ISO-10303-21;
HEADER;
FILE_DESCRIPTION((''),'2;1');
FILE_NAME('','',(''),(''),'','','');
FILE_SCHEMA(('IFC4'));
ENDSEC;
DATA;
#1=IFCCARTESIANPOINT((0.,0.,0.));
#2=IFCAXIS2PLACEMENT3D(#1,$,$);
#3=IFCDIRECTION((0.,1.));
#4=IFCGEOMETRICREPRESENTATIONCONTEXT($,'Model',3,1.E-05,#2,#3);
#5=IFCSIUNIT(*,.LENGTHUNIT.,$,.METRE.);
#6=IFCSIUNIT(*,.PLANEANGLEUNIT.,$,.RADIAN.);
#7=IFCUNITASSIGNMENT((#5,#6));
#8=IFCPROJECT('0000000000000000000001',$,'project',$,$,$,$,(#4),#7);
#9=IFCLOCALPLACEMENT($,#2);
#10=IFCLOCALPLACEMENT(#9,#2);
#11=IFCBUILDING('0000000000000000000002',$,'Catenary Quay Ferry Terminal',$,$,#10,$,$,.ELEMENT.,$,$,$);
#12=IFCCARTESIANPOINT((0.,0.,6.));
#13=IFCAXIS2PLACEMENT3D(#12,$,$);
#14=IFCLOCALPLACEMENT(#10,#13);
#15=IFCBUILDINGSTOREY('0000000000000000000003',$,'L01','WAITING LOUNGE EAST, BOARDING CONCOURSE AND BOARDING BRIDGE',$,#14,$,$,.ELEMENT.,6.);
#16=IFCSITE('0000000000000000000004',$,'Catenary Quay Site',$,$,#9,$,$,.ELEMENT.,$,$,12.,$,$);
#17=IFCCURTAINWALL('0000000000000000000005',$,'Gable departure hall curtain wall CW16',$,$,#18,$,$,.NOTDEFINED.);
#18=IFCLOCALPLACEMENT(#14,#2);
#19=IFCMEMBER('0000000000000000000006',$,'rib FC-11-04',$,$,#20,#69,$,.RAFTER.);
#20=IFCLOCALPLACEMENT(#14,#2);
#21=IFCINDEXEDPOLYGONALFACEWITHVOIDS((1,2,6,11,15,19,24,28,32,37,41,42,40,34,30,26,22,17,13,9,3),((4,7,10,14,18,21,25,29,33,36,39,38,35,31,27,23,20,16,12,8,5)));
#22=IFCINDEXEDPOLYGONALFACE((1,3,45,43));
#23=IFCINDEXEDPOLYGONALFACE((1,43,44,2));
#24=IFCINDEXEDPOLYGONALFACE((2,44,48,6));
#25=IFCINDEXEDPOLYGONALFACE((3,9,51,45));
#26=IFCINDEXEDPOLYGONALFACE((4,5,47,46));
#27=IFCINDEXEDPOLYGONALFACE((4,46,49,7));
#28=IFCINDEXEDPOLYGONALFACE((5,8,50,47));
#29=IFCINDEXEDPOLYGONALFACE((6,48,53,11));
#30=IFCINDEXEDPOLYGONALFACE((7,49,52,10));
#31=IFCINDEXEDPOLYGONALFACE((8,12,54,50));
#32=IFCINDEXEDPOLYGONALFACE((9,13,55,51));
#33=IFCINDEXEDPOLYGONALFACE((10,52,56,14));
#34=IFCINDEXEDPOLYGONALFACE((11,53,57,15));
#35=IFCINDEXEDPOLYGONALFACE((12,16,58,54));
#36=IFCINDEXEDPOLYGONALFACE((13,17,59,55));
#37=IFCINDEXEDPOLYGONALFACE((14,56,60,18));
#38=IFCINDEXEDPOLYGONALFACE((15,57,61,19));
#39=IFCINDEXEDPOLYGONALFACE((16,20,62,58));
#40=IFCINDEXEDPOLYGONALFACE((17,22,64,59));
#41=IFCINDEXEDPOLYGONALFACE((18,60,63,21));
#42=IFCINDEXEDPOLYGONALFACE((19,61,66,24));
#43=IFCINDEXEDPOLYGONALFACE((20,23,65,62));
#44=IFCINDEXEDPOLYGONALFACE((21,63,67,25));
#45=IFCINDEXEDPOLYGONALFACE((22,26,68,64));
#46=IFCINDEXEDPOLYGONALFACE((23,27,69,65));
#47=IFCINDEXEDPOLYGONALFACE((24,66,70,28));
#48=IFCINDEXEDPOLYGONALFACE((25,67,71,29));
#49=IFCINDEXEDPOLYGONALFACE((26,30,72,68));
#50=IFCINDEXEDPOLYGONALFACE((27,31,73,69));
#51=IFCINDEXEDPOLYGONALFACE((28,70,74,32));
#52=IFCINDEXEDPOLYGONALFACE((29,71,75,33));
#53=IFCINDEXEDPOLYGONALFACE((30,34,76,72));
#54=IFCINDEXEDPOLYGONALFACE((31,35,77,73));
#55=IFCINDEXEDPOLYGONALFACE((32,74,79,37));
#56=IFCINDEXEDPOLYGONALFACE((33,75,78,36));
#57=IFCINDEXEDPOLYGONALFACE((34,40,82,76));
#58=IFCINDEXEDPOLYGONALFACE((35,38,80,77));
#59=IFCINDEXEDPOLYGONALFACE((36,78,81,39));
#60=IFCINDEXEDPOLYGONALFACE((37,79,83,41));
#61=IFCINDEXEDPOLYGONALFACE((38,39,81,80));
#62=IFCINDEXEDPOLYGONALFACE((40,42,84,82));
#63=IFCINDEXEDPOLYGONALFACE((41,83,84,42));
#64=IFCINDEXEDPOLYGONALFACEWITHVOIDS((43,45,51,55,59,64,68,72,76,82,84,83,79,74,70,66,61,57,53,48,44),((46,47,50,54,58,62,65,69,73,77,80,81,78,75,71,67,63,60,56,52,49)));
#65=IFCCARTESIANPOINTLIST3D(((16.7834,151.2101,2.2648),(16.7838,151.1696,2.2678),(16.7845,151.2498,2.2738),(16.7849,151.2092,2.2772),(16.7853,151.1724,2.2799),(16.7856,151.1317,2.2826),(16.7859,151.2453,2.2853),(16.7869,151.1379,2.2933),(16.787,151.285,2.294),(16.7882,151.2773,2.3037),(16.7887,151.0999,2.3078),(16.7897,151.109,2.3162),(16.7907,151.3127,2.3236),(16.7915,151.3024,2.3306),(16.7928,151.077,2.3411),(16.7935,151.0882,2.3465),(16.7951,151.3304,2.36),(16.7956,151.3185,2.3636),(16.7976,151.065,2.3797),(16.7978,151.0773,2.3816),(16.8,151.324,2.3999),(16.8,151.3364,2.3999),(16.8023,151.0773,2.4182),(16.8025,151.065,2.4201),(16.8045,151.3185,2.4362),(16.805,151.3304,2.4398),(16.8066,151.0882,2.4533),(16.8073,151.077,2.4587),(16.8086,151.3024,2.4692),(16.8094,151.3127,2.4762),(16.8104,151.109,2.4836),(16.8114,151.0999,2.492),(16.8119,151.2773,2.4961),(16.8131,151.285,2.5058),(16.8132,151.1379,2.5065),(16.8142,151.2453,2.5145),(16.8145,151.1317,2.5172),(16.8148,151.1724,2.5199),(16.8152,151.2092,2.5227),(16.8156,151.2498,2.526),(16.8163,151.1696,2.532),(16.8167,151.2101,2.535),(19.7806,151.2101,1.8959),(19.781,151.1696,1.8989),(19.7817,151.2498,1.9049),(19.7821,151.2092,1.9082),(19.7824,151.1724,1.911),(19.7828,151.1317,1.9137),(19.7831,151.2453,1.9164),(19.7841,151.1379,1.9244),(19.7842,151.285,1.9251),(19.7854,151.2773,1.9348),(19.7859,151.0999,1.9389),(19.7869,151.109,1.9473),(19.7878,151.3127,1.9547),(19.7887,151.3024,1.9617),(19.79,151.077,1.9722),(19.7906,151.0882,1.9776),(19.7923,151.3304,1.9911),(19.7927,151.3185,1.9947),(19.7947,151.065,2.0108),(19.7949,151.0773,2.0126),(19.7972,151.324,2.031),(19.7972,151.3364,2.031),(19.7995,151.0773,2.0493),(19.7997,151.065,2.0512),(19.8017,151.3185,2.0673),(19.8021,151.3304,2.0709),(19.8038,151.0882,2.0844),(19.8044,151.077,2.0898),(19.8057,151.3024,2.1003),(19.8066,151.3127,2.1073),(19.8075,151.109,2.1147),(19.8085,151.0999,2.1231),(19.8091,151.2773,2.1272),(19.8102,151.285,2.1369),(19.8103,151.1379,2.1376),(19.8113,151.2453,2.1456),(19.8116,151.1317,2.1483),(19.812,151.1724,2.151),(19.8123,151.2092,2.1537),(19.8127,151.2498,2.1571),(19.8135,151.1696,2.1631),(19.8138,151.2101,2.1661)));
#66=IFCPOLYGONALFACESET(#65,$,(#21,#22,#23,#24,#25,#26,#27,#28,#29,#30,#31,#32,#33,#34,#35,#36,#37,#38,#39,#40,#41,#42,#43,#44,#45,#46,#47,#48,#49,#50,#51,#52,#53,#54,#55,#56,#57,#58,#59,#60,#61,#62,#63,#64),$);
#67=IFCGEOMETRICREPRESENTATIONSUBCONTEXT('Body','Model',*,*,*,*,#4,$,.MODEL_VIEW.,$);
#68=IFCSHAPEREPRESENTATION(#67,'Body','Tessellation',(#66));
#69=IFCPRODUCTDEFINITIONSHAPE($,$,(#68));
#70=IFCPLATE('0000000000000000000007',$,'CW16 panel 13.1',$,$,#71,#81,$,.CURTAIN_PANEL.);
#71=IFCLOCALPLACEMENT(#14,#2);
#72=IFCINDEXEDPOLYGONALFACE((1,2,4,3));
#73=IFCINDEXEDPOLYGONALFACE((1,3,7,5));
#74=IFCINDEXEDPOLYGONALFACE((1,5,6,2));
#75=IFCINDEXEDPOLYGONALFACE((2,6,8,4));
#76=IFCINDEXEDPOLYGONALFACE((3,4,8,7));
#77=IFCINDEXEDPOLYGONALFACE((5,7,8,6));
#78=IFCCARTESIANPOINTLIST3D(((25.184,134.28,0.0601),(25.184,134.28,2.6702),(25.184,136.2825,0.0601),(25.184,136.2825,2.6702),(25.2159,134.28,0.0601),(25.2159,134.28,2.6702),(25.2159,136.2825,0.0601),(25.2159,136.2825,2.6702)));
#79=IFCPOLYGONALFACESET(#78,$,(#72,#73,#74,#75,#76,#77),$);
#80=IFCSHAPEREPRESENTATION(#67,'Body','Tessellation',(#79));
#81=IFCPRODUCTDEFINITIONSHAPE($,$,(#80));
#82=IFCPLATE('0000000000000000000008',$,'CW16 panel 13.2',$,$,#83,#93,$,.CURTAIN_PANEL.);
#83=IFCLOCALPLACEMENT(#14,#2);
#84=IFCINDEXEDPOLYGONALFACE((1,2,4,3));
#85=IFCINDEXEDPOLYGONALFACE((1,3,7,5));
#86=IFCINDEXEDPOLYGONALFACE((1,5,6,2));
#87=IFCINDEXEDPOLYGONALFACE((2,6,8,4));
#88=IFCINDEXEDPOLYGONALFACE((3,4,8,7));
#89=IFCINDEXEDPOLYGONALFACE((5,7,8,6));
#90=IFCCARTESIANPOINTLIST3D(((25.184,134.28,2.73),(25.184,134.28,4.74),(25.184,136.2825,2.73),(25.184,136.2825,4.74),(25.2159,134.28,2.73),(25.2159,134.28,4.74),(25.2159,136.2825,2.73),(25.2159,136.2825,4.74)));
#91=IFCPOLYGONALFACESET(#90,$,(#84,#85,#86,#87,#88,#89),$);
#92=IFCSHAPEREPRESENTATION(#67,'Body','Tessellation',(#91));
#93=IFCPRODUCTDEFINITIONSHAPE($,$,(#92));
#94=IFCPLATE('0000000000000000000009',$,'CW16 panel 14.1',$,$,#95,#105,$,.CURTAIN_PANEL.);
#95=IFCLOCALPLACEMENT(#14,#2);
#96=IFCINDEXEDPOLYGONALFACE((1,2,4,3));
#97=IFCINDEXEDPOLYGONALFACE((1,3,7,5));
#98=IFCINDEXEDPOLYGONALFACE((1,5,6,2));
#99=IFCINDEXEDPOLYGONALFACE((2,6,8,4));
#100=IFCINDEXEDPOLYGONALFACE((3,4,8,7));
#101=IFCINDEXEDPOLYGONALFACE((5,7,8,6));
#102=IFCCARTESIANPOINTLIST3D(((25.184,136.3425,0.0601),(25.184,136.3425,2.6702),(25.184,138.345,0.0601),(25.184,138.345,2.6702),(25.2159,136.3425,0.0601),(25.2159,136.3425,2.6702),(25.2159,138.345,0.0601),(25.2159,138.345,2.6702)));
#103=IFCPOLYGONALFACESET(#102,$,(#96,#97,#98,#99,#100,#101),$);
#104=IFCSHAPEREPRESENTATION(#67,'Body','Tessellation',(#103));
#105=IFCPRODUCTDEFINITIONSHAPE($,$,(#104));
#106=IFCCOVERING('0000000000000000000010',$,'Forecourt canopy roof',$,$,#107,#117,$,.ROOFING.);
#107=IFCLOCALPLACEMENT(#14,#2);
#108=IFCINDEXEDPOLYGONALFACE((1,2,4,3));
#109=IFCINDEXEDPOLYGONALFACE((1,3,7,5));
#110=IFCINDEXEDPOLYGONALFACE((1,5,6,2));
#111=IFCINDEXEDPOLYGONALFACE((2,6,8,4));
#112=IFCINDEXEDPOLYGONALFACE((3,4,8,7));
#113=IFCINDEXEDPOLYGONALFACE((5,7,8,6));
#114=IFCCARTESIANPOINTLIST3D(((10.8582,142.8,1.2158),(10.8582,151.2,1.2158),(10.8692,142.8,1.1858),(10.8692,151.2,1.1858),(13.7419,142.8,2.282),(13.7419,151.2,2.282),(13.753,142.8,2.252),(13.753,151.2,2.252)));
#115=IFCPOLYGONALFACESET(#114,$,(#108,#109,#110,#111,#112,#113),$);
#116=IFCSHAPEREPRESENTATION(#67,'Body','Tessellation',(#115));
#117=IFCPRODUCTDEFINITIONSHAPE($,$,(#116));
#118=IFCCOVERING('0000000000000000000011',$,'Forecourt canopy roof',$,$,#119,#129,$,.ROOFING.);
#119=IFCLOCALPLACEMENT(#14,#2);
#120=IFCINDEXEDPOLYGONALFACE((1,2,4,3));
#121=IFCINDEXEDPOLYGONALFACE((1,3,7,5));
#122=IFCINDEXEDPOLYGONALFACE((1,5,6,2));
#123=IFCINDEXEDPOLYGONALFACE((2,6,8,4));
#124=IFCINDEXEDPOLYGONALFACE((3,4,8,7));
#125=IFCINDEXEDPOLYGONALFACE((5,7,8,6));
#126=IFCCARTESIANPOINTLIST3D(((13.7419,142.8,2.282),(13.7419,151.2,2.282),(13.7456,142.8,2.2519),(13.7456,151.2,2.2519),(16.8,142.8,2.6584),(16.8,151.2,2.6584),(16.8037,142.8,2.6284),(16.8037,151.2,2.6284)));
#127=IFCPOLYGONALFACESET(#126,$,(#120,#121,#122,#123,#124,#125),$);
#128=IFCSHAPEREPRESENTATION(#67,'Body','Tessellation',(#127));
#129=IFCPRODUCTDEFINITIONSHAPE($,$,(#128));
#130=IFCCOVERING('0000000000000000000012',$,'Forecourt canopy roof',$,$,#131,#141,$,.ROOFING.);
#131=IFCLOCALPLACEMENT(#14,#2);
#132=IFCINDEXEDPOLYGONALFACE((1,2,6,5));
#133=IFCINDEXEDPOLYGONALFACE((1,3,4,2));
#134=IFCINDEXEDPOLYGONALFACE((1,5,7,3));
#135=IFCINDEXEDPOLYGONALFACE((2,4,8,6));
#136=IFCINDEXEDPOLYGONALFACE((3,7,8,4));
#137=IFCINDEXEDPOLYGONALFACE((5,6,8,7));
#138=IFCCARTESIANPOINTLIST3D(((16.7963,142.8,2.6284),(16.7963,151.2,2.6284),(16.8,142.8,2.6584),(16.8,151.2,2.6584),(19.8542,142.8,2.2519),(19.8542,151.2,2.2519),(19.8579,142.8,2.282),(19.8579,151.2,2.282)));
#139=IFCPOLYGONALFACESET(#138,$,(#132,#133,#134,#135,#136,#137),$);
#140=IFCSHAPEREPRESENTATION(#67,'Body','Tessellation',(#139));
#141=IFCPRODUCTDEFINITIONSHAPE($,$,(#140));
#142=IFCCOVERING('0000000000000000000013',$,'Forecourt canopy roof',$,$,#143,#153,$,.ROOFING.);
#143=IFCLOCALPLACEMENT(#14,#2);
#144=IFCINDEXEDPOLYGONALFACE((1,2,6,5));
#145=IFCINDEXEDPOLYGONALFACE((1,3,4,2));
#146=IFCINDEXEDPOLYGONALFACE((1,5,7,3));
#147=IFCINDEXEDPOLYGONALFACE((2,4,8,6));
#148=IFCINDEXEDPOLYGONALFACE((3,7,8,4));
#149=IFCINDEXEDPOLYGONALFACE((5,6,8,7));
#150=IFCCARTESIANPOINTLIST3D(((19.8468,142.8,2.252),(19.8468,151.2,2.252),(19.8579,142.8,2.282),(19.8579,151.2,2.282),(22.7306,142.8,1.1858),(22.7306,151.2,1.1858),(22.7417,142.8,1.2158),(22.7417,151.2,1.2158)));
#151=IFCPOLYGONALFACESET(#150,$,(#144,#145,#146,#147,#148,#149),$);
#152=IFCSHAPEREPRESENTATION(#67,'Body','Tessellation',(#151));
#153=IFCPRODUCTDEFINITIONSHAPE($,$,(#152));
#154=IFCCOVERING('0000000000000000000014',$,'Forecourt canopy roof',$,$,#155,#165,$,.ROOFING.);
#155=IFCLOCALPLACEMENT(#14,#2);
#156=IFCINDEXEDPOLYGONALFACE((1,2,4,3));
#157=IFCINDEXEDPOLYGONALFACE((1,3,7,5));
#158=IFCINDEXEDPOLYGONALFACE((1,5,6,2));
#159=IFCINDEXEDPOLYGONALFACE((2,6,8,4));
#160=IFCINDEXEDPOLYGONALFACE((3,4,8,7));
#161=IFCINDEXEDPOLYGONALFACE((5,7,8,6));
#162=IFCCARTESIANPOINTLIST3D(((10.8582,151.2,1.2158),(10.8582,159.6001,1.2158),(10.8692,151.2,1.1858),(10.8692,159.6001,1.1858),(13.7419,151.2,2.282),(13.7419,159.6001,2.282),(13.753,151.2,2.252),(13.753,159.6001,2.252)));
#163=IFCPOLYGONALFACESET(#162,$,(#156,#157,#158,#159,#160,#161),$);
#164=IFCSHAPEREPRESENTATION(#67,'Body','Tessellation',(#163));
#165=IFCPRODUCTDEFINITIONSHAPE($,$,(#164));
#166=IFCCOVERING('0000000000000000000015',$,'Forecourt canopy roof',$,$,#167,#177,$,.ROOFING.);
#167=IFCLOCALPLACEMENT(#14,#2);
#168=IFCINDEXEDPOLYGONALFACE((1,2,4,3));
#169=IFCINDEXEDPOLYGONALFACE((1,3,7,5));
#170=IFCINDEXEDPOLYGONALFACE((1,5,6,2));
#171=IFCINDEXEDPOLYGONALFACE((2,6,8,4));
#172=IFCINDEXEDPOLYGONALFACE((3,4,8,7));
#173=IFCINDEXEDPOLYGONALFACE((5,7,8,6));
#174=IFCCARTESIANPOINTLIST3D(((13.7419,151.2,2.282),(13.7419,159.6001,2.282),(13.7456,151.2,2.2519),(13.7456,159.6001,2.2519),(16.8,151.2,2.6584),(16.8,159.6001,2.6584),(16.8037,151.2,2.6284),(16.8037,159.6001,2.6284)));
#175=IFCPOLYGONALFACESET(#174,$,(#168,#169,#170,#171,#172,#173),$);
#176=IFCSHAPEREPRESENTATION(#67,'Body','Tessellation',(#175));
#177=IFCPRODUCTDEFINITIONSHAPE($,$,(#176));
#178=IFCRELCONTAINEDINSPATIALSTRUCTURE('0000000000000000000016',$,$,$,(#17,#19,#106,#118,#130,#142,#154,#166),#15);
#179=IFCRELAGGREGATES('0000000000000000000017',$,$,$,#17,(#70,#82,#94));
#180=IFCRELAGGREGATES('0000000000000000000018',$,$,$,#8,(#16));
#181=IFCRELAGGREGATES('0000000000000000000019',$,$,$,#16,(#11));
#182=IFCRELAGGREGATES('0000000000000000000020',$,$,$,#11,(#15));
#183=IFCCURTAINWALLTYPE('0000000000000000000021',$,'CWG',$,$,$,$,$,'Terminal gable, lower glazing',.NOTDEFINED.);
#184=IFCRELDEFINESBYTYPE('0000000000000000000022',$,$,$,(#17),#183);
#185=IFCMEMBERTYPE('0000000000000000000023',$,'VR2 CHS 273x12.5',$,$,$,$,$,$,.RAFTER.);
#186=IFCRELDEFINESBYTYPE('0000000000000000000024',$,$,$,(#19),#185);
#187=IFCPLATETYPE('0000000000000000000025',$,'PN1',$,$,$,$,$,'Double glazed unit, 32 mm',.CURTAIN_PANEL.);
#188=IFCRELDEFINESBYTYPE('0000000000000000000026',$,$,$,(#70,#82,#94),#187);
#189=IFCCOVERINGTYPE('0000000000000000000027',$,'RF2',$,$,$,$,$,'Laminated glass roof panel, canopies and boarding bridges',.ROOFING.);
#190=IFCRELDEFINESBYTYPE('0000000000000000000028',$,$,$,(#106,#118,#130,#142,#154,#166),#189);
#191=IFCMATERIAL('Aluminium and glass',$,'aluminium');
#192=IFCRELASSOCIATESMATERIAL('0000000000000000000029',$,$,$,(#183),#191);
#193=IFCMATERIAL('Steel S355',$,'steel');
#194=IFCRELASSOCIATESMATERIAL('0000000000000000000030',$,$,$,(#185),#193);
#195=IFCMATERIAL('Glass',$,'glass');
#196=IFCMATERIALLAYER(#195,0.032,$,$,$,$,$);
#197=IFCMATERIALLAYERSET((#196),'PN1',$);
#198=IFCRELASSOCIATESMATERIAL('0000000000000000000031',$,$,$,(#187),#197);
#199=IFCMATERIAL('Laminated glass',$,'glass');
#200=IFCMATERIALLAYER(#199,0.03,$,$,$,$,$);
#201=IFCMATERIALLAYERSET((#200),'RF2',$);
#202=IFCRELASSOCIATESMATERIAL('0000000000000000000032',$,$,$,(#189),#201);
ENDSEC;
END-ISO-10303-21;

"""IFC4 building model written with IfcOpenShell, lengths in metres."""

from ifc_helpers import new_model, si_unit, direction, frame, origin, origin_2d, place, context, subcontext, project, spatial, polyline, rectangle, hollow_circle, outline, extrude, material, layer, layer_set, material_profile, profile_set, type_object, element, aggregate, save


model = new_model("IFC4")

# Units and contexts
model_context = context("Model", 3, precision=1e-05, world=origin(), true_north=direction((0.0, 1.0)))
body_context = subcontext(model_context, "Body", "Model", "MODEL_VIEW")
ifc_project = project(units=[si_unit("LENGTHUNIT", "METRE"), si_unit("PLANEANGLEUNIT", "RADIAN")], contexts=[model_context])

# Site, building, storey
site_placement = place(None, origin())
site = spatial("IfcSite", under=ifc_project, at=site_placement, Name="Catenary Quay Site", CompositionType="ELEMENT", RefElevation=12.0)
building_placement = place(site_placement, origin())
building = spatial("IfcBuilding", under=site, at=building_placement, Name="Catenary Quay Ferry Terminal", CompositionType="ELEMENT")
storey_placement = place(building_placement, frame((0.0, 0.0, 6.0)))
storey = spatial("IfcBuildingStorey", under=building, at=storey_placement, Name="L01", Description="WAITING LOUNGE EAST, BOARDING CONCOURSE AND BOARDING BRIDGE", CompositionType="ELEMENT", Elevation=6.0)

# Curtain wall
ifc_material_1 = material(Name="Aluminium and glass", Category="aluminium")
curtain_wall_type = type_object("IfcCurtainWallType", Name="CWG", ElementType="Terminal gable, lower glazing", PredefinedType="NOTDEFINED", material=ifc_material_1)
curtain_wall_placement = place(storey_placement, origin())
curtain_wall = element("IfcCurtainWall", 1, at=curtain_wall_placement, inside=storey, type_object=curtain_wall_type, Name="Gable departure hall curtain wall CW16", PredefinedType="NOTDEFINED")

# Member
ifc_material_2 = material(Name="Steel S355", Category="steel")
ifc_material_profile_1 = material_profile(ifc_material_2, hollow_circle(Radius=0.1365, WallThickness=0.0125, at=origin_2d()), Name="CHS 273x12.5")
ifc_profile_set_1 = profile_set([ifc_material_profile_1], Name="Steel S355")
member_type_1 = type_object("IfcMemberType", Name="VR2 CHS 273x12.5", PredefinedType="RAFTER", material=ifc_profile_set_1)
for number, where, z_axis, x_axis, name in (
    (2, (16.8, 151.2, 2.3999), (0.99251, 0.0, -0.122164), (0.0, 1.0, 0.0), "rib FC-11-04"),
):
    element("IfcMember", number, at=place(storey_placement, frame(where, z_axis=z_axis, x_axis=x_axis)), inside=storey, type_object=member_type_1, Name=name, PredefinedType="RAFTER", context=body_context, shape_type="SweptSolid", body=[
        extrude(hollow_circle(Radius=0.1365, WallThickness=0.0125, at=origin_2d()), origin(), (0.0, 0.0, 1.0), 3.0198),
    ])

# Plates
ifc_material_3 = material(Name="Glass", Category="glass")
ifc_layer_1 = layer(ifc_material_3, 0.032)
ifc_layer_set_1 = layer_set([ifc_layer_1], Name="PN1")
plate_type = type_object("IfcPlateType", Name="PN1", ElementType="Double glazed unit, 32 mm", PredefinedType="CURTAIN_PANEL", material=ifc_layer_set_1)
plate_1_placement = place(storey_placement, frame((25.2, 135.2812, 0.0601), z_axis=(0.0, 0.0, 1.0), x_axis=(0.0, 1.0, 0.0)))
plate_1 = element("IfcPlate", 3, at=plate_1_placement, type_object=plate_type, Name="CW16 panel 13.1", PredefinedType="CURTAIN_PANEL", context=body_context, shape_type="SweptSolid", body=[
    extrude(rectangle(XDim=2.0024, YDim=0.032, at=origin_2d()), origin(), (0.0, 0.0, 1.0), 2.6101),
])
plate_2_placement = place(storey_placement, frame((25.2, 135.2812, 2.73), z_axis=(0.0, 0.0, 1.0), x_axis=(0.0, 1.0, 0.0)))
plate_2 = element("IfcPlate", 4, at=plate_2_placement, type_object=plate_type, Name="CW16 panel 13.2", PredefinedType="CURTAIN_PANEL", context=body_context, shape_type="SweptSolid", body=[
    extrude(rectangle(XDim=2.0024, YDim=0.032, at=origin_2d()), origin(), (0.0, 0.0, 1.0), 2.01),
])
plate_3_placement = place(storey_placement, frame((25.2, 137.3438, 0.0601), z_axis=(0.0, 0.0, 1.0), x_axis=(0.0, 1.0, 0.0)))
plate_3 = element("IfcPlate", 5, at=plate_3_placement, type_object=plate_type, Name="CW16 panel 14.1", PredefinedType="CURTAIN_PANEL", context=body_context, shape_type="SweptSolid", body=[
    extrude(rectangle(XDim=2.0024, YDim=0.032, at=origin_2d()), origin(), (0.0, 0.0, 1.0), 2.6101),
])
aggregate(curtain_wall, [plate_1, plate_2, plate_3])

# Coverings
ifc_material_4 = material(Name="Laminated glass", Category="glass")
ifc_layer_2 = layer(ifc_material_4, 0.03)
ifc_layer_set_2 = layer_set([ifc_layer_2], Name="RF2")
covering_type = type_object("IfcCoveringType", Name="RF2", ElementType="Laminated glass roof panel, canopies and boarding bridges", PredefinedType="ROOFING", material=ifc_layer_set_2)
covering_1_placement = place(storey_placement, frame((10.8582, 142.8, 1.2158), z_axis=(-0.346769, 0.0, 0.937951), x_axis=(0.0, 1.0, 0.0)))
element("IfcCovering", 6, at=covering_1_placement, inside=storey, type_object=covering_type, Name="Forecourt canopy roof", PredefinedType="ROOFING", context=body_context, shape_type="SweptSolid", body=[
    extrude(outline(polyline([(0.0, 0.0), (8.3999, 0.0), (8.3999, -3.0746), (0.0, -3.0746), (0.0, 0.0)])), origin(), (0.0, 0.0, -1.0), 0.032),
])
covering_2_placement = place(storey_placement, frame((13.7419, 142.8, 2.282), z_axis=(-0.122182, 0.0, 0.992508), x_axis=(0.0, 1.0, 0.0)))
element("IfcCovering", 7, at=covering_2_placement, inside=storey, type_object=covering_type, Name="Forecourt canopy roof", PredefinedType="ROOFING", context=body_context, shape_type="SweptSolid", body=[
    extrude(outline(polyline([(0.0, 0.0), (8.3999, 0.0), (8.3999, -3.0812), (0.0, -3.0812), (0.0, 0.0)])), origin(), (0.0, 0.0, -1.0), 0.0303),
])
covering_3_placement = place(storey_placement, frame((16.8, 142.8, 2.6584), z_axis=(0.122191, 0.0, 0.992507), x_axis=(0.0, 1.0, 0.0)))
element("IfcCovering", 8, at=covering_3_placement, inside=storey, type_object=covering_type, Name="Forecourt canopy roof", PredefinedType="ROOFING", context=body_context, shape_type="SweptSolid", body=[
    extrude(outline(polyline([(0.0, 0.0), (8.3999, 0.0), (8.3999, -3.0809), (0.0, -3.0809), (0.0, 0.0)])), origin(), (0.0, 0.0, -1.0), 0.0303),
])
covering_4_placement = place(storey_placement, frame((19.8579, 142.8, 2.282), z_axis=(0.346769, 0.0, 0.937951), x_axis=(0.0, 1.0, 0.0)))
element("IfcCovering", 9, at=covering_4_placement, inside=storey, type_object=covering_type, Name="Forecourt canopy roof", PredefinedType="ROOFING", context=body_context, shape_type="SweptSolid", body=[
    extrude(outline(polyline([(0.0, 0.0), (8.3999, 0.0), (8.3999, -3.0746), (0.0, -3.0746), (0.0, 0.0)])), origin(), (0.0, 0.0, -1.0), 0.032),
])
covering_5_placement = place(storey_placement, frame((10.8582, 151.2, 1.2158), z_axis=(-0.346769, 0.0, 0.937951), x_axis=(0.0, 1.0, 0.0)))
element("IfcCovering", 10, at=covering_5_placement, inside=storey, type_object=covering_type, Name="Forecourt canopy roof", PredefinedType="ROOFING", context=body_context, shape_type="SweptSolid", body=[
    extrude(outline(polyline([(0.0, 0.0), (8.4001, 0.0), (8.4001, -3.0746), (0.0, -3.0746), (0.0, 0.0)])), origin(), (0.0, 0.0, -1.0), 0.032),
])
covering_6_placement = place(storey_placement, frame((13.7419, 151.2, 2.282), z_axis=(-0.122182, 0.0, 0.992508), x_axis=(0.0, 1.0, 0.0)))
element("IfcCovering", 11, at=covering_6_placement, inside=storey, type_object=covering_type, Name="Forecourt canopy roof", PredefinedType="ROOFING", context=body_context, shape_type="SweptSolid", body=[
    extrude(outline(polyline([(0.0, 0.0), (8.4001, 0.0), (8.4001, -3.0812), (0.0, -3.0812), (0.0, 0.0)])), origin(), (0.0, 0.0, -1.0), 0.0303),
])

save(model, "model.ifc")
